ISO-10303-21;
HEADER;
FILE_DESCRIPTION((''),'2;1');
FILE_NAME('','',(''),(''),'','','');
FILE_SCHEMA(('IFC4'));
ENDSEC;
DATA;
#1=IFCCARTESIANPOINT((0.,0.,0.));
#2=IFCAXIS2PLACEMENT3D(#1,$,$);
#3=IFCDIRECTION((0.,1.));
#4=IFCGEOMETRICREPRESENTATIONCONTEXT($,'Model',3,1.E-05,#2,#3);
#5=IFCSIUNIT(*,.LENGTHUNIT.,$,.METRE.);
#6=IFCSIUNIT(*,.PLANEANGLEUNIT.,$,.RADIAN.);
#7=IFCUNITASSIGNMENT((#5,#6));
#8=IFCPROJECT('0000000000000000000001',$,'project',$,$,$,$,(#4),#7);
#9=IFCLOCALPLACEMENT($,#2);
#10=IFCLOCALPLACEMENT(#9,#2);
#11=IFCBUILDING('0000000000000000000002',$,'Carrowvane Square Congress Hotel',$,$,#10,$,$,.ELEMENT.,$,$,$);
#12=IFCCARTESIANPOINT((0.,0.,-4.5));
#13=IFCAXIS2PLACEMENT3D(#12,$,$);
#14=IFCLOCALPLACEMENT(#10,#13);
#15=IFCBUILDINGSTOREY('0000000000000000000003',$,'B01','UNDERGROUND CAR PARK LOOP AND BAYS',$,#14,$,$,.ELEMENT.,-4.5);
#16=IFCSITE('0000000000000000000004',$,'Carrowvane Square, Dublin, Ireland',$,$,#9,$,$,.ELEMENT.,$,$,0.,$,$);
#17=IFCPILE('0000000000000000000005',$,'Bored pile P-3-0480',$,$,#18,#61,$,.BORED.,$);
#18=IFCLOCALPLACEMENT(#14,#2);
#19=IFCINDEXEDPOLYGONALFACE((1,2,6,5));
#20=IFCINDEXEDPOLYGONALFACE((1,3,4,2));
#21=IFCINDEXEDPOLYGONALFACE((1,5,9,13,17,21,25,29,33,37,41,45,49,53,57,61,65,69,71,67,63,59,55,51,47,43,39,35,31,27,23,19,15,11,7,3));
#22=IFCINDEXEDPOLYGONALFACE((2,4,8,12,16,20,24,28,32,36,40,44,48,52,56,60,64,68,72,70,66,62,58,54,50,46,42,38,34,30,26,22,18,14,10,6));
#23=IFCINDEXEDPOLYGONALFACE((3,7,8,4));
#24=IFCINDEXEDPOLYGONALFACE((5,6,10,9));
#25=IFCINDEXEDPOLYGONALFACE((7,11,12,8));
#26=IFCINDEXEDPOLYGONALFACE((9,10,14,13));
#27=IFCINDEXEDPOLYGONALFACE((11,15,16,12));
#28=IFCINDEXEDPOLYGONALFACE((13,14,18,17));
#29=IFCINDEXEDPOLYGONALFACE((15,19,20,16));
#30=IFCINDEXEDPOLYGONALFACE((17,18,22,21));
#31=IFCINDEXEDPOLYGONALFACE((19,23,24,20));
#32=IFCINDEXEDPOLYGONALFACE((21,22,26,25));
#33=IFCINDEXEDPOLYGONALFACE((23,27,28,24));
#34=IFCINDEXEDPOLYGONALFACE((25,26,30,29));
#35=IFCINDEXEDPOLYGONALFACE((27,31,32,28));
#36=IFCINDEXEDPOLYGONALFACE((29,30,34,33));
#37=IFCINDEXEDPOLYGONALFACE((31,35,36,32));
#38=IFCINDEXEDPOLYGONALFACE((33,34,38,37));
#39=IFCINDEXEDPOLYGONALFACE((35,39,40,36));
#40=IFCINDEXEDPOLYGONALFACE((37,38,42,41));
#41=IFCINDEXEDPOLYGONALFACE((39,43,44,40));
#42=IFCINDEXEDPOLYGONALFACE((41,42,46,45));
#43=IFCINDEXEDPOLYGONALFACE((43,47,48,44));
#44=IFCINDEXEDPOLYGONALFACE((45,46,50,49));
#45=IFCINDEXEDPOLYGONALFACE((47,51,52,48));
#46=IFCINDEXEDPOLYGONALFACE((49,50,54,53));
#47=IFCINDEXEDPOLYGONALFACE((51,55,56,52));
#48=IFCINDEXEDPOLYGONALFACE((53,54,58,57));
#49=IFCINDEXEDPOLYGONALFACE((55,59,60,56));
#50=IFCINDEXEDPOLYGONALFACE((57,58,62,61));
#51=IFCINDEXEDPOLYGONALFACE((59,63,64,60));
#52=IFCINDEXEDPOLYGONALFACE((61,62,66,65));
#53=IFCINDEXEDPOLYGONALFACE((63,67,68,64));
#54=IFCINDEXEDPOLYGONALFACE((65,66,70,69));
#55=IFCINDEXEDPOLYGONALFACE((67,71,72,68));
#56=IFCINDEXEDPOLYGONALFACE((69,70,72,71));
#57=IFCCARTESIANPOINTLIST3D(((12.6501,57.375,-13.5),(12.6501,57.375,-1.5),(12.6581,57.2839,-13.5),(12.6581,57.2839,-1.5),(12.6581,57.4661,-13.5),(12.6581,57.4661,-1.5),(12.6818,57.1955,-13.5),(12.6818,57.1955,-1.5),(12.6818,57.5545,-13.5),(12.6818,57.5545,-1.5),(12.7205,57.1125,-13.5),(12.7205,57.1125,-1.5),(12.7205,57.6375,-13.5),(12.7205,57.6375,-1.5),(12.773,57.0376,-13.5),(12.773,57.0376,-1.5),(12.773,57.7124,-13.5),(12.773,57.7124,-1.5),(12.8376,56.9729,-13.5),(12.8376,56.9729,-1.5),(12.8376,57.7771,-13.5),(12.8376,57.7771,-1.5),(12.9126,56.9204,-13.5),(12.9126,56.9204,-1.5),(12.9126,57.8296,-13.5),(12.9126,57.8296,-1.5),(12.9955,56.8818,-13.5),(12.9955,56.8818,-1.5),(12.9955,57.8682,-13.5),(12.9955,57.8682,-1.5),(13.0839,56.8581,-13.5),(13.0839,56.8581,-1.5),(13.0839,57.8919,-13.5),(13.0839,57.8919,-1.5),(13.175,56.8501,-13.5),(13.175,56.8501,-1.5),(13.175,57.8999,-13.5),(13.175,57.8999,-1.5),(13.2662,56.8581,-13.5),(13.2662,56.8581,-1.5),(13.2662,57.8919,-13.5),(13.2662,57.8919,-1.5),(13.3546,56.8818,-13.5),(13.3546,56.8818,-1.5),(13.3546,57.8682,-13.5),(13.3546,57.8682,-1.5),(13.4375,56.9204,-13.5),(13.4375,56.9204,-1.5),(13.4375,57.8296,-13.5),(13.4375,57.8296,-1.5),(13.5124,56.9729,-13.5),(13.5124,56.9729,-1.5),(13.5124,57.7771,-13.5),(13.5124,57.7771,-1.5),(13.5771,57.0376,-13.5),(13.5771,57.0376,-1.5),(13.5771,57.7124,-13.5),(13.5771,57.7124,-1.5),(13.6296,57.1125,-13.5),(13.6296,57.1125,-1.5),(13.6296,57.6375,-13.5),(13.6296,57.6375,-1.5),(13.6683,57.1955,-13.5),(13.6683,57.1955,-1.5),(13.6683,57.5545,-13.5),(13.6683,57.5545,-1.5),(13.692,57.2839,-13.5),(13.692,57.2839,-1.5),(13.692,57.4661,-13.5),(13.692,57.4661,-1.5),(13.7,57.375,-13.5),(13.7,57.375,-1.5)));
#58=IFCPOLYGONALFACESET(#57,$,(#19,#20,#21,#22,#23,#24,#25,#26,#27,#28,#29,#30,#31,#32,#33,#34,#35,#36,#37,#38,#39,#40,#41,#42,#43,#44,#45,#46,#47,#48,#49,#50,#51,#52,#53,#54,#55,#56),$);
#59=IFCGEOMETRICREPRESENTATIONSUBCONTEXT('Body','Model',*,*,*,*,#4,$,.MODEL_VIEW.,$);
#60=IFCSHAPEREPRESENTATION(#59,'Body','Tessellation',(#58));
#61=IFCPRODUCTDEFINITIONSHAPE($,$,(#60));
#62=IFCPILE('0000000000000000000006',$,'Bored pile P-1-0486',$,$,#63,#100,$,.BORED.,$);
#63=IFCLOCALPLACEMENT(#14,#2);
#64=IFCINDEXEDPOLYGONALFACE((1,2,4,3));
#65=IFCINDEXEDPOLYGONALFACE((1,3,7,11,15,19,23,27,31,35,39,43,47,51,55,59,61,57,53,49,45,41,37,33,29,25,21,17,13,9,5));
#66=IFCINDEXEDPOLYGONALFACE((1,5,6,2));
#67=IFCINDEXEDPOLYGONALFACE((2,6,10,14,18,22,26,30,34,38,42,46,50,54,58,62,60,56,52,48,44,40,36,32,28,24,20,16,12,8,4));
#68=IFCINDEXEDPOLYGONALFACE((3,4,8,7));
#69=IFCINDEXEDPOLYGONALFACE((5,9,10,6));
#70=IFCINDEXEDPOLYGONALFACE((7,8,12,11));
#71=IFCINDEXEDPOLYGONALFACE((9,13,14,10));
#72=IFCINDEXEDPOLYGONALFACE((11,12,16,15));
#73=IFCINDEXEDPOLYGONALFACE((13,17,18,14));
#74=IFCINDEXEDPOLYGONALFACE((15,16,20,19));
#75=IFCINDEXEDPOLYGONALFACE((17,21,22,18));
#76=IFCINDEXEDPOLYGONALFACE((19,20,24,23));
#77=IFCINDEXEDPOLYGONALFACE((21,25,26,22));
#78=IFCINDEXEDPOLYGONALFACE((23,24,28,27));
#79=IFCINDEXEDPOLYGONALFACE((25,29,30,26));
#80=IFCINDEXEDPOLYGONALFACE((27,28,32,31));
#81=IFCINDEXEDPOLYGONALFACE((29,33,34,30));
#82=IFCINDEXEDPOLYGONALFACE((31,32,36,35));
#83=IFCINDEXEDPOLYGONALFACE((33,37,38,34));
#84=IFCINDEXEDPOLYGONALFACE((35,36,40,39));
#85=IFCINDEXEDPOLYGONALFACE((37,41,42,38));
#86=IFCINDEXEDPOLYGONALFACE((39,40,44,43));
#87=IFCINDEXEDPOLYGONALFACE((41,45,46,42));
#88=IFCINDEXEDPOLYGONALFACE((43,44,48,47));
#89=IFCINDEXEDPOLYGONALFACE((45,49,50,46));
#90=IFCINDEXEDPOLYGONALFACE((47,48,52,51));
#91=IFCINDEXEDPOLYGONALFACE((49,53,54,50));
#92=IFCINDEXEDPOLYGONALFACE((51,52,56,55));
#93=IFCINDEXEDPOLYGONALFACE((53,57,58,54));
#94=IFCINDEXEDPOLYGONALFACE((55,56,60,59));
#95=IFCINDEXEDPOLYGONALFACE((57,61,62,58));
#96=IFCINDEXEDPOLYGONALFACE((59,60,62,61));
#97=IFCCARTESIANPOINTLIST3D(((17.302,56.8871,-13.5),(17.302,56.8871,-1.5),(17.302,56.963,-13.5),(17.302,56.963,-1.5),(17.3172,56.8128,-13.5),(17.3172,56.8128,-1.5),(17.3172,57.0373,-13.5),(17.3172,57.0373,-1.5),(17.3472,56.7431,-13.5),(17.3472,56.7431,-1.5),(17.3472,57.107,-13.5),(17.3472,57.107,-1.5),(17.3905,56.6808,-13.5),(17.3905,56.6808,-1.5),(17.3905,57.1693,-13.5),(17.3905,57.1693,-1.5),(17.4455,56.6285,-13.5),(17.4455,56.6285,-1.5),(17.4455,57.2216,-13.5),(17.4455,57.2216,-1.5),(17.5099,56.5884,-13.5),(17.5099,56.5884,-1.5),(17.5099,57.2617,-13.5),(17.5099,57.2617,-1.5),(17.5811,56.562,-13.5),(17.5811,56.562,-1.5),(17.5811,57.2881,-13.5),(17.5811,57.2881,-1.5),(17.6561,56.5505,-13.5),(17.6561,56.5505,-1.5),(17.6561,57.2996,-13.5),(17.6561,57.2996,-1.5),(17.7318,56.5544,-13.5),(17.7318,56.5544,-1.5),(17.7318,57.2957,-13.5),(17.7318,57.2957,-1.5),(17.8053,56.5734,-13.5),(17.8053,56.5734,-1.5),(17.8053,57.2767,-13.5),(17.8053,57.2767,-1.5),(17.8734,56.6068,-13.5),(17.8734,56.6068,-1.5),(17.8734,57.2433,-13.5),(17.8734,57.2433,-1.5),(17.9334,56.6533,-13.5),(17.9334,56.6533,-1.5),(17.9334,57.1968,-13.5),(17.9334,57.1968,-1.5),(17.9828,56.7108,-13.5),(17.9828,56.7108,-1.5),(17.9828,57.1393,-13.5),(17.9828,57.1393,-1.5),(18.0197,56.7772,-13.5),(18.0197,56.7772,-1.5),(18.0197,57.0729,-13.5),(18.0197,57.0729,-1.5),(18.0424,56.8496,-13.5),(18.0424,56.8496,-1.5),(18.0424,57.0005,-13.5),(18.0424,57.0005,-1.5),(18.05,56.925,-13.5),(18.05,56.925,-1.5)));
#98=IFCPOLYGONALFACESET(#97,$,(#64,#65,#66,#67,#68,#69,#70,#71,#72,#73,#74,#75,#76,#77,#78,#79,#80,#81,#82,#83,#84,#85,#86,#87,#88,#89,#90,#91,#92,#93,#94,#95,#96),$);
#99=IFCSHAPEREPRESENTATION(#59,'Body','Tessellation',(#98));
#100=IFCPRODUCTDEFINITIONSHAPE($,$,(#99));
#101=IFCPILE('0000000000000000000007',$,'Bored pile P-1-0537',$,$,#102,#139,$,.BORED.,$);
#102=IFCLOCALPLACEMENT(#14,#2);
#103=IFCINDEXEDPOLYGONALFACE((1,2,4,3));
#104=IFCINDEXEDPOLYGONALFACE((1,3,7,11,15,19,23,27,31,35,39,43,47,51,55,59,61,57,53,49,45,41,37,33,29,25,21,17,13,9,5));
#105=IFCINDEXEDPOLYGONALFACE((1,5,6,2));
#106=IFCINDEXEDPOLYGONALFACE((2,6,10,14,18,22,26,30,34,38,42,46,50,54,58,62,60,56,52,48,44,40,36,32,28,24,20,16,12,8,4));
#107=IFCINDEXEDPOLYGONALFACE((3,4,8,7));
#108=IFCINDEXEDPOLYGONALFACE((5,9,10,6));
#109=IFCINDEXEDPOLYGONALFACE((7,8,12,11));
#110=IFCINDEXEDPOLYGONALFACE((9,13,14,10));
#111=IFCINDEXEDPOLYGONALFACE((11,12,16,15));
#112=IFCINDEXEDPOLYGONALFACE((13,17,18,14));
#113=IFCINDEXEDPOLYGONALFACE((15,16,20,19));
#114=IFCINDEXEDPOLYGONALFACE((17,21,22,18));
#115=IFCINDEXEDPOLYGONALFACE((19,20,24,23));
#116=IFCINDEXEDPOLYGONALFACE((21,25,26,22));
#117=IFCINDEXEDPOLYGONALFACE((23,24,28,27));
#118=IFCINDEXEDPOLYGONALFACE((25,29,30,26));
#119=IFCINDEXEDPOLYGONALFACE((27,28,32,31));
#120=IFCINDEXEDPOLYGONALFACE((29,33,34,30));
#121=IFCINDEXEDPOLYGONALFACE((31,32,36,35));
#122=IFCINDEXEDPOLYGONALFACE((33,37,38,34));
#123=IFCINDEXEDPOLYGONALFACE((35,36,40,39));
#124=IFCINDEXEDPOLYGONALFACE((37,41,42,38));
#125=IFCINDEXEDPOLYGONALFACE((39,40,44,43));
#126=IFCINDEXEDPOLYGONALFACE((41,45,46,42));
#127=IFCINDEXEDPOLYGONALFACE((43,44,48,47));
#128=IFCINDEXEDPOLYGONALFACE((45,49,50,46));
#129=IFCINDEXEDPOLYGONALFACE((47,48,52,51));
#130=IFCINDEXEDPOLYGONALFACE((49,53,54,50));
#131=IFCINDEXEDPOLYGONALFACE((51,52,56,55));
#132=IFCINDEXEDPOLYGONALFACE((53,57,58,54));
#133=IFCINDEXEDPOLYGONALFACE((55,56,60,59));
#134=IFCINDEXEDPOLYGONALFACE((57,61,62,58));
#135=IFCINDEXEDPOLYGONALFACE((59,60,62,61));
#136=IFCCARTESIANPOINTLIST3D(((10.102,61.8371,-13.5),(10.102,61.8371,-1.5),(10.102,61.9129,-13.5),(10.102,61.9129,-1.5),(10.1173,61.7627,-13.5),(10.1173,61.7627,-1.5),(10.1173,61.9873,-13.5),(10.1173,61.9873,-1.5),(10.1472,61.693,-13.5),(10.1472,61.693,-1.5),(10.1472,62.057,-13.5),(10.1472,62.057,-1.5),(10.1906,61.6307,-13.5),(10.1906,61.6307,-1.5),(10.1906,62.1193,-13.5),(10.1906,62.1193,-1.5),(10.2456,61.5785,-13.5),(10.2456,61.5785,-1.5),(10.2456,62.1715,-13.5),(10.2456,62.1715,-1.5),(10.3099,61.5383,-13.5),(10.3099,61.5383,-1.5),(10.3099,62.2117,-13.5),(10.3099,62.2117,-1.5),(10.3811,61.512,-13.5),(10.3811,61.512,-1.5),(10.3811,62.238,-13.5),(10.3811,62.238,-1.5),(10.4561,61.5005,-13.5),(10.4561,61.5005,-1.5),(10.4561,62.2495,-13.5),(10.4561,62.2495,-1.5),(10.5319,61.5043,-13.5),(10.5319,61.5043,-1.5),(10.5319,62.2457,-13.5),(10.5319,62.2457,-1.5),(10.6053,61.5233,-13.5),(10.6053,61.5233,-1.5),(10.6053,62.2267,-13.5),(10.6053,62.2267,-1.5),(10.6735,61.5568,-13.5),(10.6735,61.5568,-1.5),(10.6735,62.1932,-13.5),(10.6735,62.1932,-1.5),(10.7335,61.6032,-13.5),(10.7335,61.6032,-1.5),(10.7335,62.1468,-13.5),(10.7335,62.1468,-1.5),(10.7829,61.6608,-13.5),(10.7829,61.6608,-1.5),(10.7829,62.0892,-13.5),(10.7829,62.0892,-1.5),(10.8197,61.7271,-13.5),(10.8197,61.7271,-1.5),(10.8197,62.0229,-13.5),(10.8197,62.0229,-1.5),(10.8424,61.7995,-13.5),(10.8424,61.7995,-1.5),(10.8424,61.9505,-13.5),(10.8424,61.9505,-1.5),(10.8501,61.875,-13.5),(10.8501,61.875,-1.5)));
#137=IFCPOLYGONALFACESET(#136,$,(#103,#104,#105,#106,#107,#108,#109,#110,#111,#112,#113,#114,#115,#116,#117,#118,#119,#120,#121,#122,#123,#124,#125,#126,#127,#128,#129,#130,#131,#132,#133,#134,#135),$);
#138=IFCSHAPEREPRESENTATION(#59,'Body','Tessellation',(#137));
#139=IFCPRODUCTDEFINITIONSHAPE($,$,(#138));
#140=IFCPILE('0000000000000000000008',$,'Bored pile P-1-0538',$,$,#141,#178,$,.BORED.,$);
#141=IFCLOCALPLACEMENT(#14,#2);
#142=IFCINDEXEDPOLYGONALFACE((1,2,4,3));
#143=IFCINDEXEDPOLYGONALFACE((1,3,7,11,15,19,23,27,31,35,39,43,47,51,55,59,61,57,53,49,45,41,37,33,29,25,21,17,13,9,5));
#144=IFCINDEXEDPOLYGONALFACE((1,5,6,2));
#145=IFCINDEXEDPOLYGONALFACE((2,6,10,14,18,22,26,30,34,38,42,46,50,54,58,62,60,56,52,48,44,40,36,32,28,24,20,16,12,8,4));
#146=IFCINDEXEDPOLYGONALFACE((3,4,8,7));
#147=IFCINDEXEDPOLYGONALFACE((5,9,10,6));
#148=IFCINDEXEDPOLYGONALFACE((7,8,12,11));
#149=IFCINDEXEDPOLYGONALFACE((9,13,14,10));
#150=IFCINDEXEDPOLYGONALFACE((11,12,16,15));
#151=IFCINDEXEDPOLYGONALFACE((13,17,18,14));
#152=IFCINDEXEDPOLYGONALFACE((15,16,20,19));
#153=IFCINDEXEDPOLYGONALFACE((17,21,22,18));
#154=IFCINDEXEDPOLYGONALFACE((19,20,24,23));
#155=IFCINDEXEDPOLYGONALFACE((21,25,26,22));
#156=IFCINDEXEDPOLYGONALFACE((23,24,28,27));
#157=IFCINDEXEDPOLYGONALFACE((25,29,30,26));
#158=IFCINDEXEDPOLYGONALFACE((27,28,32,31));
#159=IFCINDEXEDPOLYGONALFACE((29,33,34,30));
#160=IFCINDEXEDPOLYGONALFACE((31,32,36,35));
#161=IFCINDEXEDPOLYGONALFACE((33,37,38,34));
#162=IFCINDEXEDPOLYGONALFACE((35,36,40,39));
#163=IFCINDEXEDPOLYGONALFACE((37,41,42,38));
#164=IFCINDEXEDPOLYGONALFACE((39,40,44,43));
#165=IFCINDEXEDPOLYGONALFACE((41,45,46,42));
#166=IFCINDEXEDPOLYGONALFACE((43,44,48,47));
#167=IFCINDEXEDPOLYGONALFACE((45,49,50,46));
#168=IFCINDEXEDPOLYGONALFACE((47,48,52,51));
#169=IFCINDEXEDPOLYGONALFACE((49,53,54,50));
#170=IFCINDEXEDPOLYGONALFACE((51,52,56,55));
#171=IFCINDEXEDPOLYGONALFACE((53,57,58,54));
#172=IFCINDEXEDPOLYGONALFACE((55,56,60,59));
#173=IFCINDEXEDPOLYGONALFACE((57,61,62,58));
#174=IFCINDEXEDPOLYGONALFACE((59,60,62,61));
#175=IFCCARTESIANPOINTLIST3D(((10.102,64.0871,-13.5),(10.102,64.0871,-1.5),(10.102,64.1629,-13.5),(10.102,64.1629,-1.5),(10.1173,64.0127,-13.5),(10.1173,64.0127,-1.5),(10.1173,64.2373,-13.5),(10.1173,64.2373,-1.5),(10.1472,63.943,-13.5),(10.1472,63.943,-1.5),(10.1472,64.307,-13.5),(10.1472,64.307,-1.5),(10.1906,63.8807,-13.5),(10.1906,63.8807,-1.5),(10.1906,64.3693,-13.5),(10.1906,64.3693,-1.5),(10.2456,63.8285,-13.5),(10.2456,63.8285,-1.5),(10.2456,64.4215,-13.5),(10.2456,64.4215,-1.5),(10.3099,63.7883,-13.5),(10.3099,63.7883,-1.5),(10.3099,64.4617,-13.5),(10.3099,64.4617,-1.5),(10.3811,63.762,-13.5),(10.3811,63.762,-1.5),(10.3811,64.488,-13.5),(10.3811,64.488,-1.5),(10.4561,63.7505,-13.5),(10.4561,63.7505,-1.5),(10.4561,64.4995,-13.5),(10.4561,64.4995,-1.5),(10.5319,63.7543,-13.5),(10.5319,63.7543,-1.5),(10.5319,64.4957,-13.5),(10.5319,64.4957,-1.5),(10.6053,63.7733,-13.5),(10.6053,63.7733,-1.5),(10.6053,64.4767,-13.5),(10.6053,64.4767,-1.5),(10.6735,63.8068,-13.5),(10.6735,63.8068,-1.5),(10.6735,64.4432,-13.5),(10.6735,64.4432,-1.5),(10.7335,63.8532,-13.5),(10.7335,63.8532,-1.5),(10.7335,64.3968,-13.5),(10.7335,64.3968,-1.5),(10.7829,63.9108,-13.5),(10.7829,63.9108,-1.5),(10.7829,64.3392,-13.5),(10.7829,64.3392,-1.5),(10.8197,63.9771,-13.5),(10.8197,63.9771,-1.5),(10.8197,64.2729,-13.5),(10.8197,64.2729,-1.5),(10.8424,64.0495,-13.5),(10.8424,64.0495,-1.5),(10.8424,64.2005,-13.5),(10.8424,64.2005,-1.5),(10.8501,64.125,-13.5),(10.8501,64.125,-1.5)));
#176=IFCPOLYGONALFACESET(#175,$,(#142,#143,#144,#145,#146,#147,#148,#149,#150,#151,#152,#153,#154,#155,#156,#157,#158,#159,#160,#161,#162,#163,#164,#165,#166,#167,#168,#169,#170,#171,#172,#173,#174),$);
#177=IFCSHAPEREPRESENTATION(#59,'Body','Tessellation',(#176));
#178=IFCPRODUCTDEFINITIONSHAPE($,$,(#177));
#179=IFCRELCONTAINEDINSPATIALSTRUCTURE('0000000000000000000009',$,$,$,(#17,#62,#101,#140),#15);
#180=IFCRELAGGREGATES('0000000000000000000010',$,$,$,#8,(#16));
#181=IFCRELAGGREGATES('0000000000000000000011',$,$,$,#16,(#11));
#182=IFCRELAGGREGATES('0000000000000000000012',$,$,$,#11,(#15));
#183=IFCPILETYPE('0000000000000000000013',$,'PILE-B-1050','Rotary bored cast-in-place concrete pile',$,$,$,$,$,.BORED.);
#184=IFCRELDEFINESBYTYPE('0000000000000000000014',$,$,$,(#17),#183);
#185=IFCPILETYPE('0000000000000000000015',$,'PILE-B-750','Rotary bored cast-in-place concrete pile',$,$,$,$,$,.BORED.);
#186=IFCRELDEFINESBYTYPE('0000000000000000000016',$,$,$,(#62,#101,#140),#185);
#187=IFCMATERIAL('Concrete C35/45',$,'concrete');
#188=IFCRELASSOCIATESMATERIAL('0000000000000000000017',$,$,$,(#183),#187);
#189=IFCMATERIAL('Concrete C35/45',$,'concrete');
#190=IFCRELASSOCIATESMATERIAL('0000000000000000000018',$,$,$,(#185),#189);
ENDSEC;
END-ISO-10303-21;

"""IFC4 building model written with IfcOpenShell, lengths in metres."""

from ifc_helpers import new_model, si_unit, direction, frame, origin, origin_2d, place, context, subcontext, project, spatial, circle, extrude, material, material_profile, profile_set, type_object, element, save


model = new_model("IFC4")

# Units and contexts
model_context = context("Model", 3, precision=1e-05, world=origin(), true_north=direction((0.0, 1.0)))
body_context = subcontext(model_context, "Body", "Model", "MODEL_VIEW")
ifc_project = project(units=[si_unit("LENGTHUNIT", "METRE"), si_unit("PLANEANGLEUNIT", "RADIAN")], contexts=[model_context])

# Site, building, storey
site_placement = place(None, origin())
site = spatial("IfcSite", under=ifc_project, at=site_placement, Name="Carrowvane Square, Dublin, Ireland", CompositionType="ELEMENT", RefElevation=0.0)
building_placement = place(site_placement, origin())
building = spatial("IfcBuilding", under=site, at=building_placement, Name="Carrowvane Square Congress Hotel", CompositionType="ELEMENT")
storey_placement = place(building_placement, frame((0.0, 0.0, -4.5)))
storey = spatial("IfcBuildingStorey", under=building, at=storey_placement, Name="B01", Description="UNDERGROUND CAR PARK LOOP AND BAYS", CompositionType="ELEMENT", Elevation=-4.5)

# Piles
ifc_material_1 = material(Name="Concrete C35/45", Category="concrete")
ifc_material_profile_1 = material_profile(ifc_material_1, circle(Radius=0.5249, at=origin_2d()), Name="PILE D1050")
ifc_profile_set_1 = profile_set([ifc_material_profile_1], Name="Concrete C35/45")
pile_type_1 = type_object("IfcPileType", Name="PILE-B-1050", Description="Rotary bored cast-in-place concrete pile", PredefinedType="BORED", material=ifc_profile_set_1)
for number, where, z_axis, x_axis, name in (
    (1, (13.175, 57.375, -1.5), (0.0, 0.0, -1.0), (1.0, 0.0, 0.0), "Bored pile P-3-0480"),
):
    element("IfcPile", number, at=place(storey_placement, frame(where, z_axis=z_axis, x_axis=x_axis)), inside=storey, type_object=pile_type_1, Name=name, PredefinedType="BORED", context=body_context, shape_type="SweptSolid", body=[
        extrude(circle(Radius=0.5249, at=origin_2d()), origin(), (0.0, 0.0, 1.0), 12.0),
    ])
ifc_material_2 = material(Name="Concrete C35/45", Category="concrete")
ifc_material_profile_2 = material_profile(ifc_material_2, circle(Radius=0.375, at=origin_2d()), Name="PILE D750")
ifc_profile_set_2 = profile_set([ifc_material_profile_2], Name="Concrete C35/45")
pile_type_2 = type_object("IfcPileType", Name="PILE-B-750", Description="Rotary bored cast-in-place concrete pile", PredefinedType="BORED", material=ifc_profile_set_2)
for number, where, z_axis, x_axis, name in (
    (2, (17.675, 56.925, -1.5), (0.0, 0.0, -1.0), (1.0, 0.0, 0.0), "Bored pile P-1-0486"),
    (3, (10.4751, 61.875, -1.5), (0.0, 0.0, -1.0), (1.0, 0.0, 0.0), "Bored pile P-1-0537"),
    (4, (10.4751, 64.125, -1.5), (0.0, 0.0, -1.0), (1.0, 0.0, 0.0), "Bored pile P-1-0538"),
):
    element("IfcPile", number, at=place(storey_placement, frame(where, z_axis=z_axis, x_axis=x_axis)), inside=storey, type_object=pile_type_2, Name=name, PredefinedType="BORED", context=body_context, shape_type="SweptSolid", body=[
        extrude(circle(Radius=0.375, at=origin_2d()), origin(), (0.0, 0.0, 1.0), 12.0),
    ])

save(model, "model.ifc")
